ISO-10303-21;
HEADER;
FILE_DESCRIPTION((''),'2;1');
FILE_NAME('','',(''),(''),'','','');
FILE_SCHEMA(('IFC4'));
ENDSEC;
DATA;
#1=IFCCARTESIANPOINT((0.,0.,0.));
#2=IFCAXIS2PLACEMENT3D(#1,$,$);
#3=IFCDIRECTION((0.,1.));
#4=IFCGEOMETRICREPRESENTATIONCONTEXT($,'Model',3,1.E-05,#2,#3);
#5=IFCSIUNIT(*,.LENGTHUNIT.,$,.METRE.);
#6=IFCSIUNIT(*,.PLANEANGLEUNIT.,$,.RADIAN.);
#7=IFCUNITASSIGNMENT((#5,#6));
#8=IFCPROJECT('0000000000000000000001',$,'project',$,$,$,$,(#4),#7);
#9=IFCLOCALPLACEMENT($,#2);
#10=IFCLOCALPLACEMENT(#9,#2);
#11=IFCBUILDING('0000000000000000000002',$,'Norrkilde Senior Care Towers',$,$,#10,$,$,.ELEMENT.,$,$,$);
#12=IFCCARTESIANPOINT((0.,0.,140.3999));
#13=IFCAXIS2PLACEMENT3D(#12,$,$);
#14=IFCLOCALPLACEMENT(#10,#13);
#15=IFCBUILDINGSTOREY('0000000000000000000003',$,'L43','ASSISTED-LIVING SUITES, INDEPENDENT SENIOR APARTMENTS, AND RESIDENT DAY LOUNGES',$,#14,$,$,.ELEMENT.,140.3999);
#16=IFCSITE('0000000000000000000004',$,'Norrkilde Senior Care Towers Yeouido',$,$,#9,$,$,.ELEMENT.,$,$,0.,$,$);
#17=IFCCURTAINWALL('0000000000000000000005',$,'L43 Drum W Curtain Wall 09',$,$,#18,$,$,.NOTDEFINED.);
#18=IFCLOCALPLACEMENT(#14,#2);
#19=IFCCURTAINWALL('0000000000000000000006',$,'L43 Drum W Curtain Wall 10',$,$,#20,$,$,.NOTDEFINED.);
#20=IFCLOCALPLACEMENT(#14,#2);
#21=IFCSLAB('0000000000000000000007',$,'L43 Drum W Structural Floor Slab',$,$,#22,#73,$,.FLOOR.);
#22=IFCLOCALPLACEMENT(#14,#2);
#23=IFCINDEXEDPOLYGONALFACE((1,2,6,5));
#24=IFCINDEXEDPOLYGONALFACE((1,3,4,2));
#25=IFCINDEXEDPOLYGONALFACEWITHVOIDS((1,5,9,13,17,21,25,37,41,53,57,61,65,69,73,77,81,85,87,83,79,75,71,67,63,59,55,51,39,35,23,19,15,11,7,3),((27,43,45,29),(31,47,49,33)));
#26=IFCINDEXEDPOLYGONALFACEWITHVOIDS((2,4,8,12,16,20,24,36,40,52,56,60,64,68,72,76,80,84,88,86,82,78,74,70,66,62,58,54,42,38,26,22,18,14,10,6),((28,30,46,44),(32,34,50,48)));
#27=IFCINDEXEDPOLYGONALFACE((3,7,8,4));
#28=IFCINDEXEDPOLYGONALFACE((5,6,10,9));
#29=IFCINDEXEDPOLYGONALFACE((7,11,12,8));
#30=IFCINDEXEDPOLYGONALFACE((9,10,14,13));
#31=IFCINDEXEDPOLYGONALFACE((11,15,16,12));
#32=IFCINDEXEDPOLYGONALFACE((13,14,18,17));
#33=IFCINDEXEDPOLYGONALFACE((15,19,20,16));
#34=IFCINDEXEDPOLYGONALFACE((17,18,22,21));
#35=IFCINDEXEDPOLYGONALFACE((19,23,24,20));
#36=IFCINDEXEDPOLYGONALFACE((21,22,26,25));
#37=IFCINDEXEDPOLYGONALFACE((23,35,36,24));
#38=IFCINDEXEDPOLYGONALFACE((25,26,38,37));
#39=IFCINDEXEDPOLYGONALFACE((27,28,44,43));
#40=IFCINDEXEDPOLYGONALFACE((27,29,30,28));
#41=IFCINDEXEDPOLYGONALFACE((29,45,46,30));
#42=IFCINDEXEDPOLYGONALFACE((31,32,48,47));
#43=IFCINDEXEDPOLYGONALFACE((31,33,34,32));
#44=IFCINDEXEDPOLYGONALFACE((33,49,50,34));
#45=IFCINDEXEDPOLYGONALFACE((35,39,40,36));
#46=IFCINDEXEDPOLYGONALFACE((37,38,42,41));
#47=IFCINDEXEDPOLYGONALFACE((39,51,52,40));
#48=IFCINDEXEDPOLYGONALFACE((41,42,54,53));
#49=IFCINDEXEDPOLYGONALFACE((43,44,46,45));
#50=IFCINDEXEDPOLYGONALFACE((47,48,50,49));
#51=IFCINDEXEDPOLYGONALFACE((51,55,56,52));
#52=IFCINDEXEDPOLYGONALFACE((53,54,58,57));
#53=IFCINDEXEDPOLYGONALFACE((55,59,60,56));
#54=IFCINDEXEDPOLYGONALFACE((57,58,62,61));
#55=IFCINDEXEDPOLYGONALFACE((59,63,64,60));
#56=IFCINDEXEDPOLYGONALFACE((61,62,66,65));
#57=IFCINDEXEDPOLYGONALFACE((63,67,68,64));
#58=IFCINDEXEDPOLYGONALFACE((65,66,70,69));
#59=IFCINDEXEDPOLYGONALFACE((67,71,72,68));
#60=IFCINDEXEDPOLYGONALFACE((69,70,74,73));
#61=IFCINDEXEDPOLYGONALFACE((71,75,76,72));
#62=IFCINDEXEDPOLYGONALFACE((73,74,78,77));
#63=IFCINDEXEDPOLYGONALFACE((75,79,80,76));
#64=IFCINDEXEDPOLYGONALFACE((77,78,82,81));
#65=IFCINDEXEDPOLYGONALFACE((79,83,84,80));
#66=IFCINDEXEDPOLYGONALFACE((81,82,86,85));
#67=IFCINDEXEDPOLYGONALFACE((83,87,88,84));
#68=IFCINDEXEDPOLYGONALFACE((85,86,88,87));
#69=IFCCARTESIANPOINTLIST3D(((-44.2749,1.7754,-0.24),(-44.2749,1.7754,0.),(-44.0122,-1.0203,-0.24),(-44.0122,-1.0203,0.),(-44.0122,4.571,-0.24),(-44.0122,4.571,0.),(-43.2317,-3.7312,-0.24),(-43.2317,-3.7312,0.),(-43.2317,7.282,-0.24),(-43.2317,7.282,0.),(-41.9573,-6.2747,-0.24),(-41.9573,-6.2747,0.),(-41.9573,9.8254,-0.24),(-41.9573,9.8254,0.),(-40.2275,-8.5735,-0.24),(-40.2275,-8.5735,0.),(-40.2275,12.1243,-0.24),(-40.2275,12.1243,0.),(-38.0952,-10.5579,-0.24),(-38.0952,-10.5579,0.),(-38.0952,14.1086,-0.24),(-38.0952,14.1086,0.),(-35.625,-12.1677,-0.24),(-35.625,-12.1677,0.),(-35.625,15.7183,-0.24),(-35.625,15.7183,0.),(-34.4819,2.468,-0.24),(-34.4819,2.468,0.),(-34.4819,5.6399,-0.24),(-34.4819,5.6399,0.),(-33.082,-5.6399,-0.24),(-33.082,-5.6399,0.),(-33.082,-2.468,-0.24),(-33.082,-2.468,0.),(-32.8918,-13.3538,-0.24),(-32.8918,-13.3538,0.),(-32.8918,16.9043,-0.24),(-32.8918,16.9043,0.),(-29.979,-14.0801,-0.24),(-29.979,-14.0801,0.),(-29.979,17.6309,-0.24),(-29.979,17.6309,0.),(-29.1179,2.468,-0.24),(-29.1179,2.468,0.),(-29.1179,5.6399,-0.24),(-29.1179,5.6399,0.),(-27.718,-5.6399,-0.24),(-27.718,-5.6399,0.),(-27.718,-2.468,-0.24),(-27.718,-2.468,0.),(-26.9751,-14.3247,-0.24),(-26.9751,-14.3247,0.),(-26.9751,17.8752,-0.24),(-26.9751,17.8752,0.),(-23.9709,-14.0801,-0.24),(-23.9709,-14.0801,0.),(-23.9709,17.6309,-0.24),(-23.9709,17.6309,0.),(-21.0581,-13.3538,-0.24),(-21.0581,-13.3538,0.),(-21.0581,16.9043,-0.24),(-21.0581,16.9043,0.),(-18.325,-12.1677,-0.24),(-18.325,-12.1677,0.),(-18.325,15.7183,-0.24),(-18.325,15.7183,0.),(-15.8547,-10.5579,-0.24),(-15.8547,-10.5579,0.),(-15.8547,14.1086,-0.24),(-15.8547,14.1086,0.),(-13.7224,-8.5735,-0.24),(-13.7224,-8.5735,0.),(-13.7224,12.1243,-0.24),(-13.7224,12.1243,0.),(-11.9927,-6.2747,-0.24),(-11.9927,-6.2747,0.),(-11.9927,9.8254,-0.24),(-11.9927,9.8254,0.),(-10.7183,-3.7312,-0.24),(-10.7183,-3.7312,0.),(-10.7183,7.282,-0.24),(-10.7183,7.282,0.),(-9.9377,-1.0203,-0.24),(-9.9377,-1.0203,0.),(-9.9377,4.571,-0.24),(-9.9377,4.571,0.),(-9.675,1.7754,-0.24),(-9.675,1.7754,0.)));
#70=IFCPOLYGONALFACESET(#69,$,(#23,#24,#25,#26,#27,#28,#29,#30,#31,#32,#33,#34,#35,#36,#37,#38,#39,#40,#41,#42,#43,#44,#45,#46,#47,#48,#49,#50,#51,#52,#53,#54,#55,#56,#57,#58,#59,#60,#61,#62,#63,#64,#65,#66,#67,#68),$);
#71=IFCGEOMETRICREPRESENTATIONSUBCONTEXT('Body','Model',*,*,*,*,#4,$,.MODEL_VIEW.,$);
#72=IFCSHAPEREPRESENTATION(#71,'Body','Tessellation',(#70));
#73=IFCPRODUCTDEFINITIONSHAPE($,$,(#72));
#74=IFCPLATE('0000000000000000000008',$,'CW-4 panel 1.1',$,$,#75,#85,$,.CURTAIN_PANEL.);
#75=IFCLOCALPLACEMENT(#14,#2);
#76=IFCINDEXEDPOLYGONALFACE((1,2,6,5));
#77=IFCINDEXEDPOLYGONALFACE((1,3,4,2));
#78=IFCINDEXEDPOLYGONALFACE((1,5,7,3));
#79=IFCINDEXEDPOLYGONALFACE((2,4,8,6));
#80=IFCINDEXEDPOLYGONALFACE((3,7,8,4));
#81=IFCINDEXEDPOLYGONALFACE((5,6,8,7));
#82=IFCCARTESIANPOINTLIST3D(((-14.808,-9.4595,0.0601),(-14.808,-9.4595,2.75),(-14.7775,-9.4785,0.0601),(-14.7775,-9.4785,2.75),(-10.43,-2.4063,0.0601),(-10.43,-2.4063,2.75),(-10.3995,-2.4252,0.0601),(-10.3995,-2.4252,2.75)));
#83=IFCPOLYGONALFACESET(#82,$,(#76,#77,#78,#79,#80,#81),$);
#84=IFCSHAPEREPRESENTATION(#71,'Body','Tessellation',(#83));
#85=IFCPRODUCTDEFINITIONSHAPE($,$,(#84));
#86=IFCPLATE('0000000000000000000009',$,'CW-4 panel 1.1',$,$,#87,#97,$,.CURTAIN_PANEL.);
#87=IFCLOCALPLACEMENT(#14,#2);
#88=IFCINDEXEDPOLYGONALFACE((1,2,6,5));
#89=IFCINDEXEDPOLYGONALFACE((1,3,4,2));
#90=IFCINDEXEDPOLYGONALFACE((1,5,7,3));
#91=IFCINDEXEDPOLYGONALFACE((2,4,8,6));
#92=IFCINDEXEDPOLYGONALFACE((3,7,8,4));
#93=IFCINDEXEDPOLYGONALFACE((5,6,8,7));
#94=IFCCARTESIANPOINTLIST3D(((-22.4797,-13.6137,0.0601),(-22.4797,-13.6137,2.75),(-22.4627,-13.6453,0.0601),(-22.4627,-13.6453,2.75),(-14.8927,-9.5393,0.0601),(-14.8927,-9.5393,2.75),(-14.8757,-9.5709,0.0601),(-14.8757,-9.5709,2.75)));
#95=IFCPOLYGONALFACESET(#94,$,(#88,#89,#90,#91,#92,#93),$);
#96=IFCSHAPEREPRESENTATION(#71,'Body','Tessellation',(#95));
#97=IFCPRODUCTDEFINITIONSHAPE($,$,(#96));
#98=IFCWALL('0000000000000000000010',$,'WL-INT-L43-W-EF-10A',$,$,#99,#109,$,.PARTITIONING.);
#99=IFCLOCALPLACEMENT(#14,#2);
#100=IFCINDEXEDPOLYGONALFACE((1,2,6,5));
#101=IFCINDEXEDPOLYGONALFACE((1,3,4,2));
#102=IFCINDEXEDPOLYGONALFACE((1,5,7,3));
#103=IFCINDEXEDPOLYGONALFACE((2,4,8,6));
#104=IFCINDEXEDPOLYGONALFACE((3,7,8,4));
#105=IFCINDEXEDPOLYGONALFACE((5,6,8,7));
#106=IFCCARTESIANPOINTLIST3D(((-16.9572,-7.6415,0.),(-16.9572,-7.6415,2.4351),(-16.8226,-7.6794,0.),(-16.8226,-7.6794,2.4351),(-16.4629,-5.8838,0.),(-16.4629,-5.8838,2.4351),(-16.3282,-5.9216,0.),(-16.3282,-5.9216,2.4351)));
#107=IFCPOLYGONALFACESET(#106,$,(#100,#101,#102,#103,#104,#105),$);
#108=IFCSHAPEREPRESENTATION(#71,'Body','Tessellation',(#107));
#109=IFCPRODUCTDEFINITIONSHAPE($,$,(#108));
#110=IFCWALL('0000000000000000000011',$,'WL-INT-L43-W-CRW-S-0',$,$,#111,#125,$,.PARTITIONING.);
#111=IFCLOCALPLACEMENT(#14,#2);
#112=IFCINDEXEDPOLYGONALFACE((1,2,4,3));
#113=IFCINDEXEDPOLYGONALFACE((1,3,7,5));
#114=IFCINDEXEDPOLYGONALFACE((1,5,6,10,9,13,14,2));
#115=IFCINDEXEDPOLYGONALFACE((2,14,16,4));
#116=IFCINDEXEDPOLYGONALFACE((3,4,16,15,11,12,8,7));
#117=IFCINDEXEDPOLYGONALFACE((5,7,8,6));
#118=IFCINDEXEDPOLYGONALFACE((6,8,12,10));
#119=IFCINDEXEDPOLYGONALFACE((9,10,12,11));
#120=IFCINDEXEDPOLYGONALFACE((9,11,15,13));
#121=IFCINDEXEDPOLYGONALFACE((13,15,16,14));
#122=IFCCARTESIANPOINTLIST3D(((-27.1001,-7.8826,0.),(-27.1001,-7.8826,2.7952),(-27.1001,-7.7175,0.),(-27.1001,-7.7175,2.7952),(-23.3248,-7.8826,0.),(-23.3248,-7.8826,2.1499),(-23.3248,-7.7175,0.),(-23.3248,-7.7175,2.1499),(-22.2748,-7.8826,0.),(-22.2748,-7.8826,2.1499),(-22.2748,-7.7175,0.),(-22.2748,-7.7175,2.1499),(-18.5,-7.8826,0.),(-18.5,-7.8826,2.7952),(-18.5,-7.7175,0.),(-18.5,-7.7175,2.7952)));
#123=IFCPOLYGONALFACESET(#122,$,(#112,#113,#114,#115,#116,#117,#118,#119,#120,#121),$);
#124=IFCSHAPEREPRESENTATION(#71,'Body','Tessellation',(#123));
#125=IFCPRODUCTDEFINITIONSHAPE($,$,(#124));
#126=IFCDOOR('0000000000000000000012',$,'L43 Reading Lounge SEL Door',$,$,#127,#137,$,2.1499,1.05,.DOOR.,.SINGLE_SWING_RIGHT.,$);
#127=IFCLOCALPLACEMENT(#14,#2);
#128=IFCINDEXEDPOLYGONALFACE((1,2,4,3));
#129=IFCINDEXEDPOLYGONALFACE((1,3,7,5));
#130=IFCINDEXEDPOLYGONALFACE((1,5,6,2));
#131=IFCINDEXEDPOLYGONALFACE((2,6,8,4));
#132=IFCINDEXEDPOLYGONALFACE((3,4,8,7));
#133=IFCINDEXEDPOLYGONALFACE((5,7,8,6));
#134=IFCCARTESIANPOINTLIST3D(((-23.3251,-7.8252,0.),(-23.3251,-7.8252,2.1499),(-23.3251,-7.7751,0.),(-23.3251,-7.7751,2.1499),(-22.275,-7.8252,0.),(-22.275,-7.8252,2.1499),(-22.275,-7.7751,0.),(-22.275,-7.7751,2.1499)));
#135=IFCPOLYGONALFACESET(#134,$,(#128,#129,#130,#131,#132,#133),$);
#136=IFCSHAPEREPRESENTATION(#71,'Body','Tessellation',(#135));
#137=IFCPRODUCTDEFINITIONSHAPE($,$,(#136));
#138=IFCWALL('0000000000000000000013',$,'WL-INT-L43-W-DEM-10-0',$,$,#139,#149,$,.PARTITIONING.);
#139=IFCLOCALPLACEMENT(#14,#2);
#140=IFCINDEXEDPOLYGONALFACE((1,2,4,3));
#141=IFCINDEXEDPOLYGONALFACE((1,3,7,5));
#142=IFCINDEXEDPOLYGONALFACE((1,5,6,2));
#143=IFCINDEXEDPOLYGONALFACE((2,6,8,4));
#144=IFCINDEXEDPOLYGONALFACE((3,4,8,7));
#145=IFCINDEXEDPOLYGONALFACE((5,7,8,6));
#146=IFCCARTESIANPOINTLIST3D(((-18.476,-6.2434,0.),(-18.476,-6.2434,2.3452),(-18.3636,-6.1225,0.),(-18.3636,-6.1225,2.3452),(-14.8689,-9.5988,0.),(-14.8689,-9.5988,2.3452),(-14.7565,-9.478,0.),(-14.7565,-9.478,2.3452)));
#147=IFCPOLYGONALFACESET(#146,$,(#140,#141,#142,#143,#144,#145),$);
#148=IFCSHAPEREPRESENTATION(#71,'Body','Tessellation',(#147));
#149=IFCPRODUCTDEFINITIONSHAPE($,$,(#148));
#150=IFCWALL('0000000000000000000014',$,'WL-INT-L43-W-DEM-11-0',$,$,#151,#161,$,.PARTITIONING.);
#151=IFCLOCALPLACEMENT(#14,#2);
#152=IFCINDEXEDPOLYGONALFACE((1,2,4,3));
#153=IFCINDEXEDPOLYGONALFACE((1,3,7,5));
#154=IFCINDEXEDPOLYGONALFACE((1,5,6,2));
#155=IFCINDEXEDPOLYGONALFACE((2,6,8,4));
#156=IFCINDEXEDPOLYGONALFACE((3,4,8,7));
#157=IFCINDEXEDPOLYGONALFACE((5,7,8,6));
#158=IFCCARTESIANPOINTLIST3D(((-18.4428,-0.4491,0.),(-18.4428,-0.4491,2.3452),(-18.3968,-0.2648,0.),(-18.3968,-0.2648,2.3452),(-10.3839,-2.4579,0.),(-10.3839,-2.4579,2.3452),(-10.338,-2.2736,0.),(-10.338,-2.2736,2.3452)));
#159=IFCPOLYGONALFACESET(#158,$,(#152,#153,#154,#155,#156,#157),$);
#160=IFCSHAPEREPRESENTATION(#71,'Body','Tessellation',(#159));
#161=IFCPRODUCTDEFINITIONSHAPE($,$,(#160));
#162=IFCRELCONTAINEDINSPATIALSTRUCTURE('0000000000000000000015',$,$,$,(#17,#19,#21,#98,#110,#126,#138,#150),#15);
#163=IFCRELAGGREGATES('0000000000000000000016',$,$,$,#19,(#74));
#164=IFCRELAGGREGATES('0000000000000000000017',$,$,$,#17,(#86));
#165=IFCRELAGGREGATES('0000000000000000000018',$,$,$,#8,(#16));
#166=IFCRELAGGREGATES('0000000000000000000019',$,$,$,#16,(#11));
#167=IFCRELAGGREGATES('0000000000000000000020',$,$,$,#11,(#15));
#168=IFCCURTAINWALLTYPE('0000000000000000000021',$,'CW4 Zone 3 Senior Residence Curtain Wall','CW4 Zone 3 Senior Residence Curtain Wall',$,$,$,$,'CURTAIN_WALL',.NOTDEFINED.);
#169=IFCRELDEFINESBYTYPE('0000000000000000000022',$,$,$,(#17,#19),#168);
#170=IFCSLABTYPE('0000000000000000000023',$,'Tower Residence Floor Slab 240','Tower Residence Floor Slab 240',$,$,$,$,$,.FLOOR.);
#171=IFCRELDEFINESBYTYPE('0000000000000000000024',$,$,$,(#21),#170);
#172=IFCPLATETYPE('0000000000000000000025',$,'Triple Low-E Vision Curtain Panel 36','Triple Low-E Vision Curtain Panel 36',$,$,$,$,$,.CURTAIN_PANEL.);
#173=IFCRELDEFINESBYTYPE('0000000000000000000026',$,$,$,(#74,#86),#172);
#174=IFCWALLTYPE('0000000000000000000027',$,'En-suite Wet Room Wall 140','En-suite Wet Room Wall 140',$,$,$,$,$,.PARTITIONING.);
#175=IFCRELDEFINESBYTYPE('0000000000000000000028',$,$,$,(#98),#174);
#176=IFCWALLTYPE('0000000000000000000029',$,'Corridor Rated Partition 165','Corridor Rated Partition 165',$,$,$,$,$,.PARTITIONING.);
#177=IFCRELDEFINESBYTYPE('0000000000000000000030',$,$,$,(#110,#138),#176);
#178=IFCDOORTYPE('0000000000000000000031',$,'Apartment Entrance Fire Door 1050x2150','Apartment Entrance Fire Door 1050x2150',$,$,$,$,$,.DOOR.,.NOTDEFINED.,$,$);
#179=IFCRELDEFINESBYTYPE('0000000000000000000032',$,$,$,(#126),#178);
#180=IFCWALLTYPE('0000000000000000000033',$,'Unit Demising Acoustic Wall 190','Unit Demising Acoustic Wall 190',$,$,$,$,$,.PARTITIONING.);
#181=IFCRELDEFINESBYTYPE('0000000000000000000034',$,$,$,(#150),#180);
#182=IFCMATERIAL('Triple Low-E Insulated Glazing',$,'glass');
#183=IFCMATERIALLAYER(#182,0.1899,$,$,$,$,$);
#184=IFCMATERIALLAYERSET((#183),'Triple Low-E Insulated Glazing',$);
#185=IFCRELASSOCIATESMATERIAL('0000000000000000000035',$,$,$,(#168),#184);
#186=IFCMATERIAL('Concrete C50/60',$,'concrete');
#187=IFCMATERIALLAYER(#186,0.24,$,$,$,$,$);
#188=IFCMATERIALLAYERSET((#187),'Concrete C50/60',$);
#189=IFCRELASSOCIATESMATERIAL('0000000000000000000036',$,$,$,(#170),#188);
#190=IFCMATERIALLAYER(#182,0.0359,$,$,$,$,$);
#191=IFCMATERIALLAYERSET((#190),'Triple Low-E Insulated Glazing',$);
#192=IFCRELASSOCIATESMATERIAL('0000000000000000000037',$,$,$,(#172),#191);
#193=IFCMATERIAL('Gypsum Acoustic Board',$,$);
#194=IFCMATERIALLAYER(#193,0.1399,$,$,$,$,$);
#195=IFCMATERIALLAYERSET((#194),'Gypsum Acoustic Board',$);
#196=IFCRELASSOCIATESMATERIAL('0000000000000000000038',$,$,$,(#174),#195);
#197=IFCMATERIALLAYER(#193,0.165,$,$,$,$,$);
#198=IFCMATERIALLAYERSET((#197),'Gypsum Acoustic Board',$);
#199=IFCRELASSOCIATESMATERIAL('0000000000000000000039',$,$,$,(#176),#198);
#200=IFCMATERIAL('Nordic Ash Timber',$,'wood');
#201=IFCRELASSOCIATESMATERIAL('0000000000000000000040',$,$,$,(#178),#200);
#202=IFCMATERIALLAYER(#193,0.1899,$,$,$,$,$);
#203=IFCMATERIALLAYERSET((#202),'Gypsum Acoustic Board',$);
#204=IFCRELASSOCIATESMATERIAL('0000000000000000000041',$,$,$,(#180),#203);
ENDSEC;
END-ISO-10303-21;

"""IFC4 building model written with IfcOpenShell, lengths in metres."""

from ifc_helpers import new_model, si_unit, direction, frame, frame_2d, origin, origin_2d, place, context, subcontext, project, spatial, polyline, rectangle, outline, extrude, source, transform, mapped, material, layer, layer_set, type_object, type_shapes, element, fill, aggregate, save


model = new_model("IFC4")

# Units and contexts
model_context = context("Model", 3, precision=1e-05, world=origin(), true_north=direction((0.0, 1.0)))
body_context = subcontext(model_context, "Body", "Model", "MODEL_VIEW")
ifc_project = project(units=[si_unit("LENGTHUNIT", "METRE"), si_unit("PLANEANGLEUNIT", "RADIAN")], contexts=[model_context])

# Site, building, storey
site_placement = place(None, origin())
site = spatial("IfcSite", under=ifc_project, at=site_placement, Name="Norrkilde Senior Care Towers Yeouido", CompositionType="ELEMENT", RefElevation=0.0)
building_placement = place(site_placement, origin())
building = spatial("IfcBuilding", under=site, at=building_placement, Name="Norrkilde Senior Care Towers", CompositionType="ELEMENT")
storey_placement = place(building_placement, frame((0.0, 0.0, 140.3999)))
storey = spatial("IfcBuildingStorey", under=building, at=storey_placement, Name="L43", Description="ASSISTED-LIVING SUITES, INDEPENDENT SENIOR APARTMENTS, AND RESIDENT DAY LOUNGES", CompositionType="ELEMENT", Elevation=140.3999)

# Shared definitions
ifc_material_1 = material(Name="Concrete C50/60", Category="concrete")

# Curtain wall
ifc_material_2 = material(Name="Triple Low-E Insulated Glazing", Category="glass")
ifc_layer_1 = layer(ifc_material_2, 0.1899)
ifc_layer_set_1 = layer_set([ifc_layer_1], Name="Triple Low-E Insulated Glazing")
curtain_wall_type = type_object("IfcCurtainWallType", Name="CW4 Zone 3 Senior Residence Curtain Wall", Description="CW4 Zone 3 Senior Residence Curtain Wall", ElementType="CURTAIN_WALL", PredefinedType="NOTDEFINED", material=ifc_layer_set_1)
curtain_wall_1_placement = place(storey_placement, origin())
curtain_wall_1 = element("IfcCurtainWall", 1, at=curtain_wall_1_placement, inside=storey, type_object=curtain_wall_type, Name="L43 Drum W Curtain Wall 09", PredefinedType="NOTDEFINED")

# Curtain wall
curtain_wall_2_placement = place(storey_placement, origin())
curtain_wall_2 = element("IfcCurtainWall", 2, at=curtain_wall_2_placement, inside=storey, type_object=curtain_wall_type, Name="L43 Drum W Curtain Wall 10", PredefinedType="NOTDEFINED")

# Slab
ifc_layer_2 = layer(ifc_material_1, 0.24)
ifc_layer_set_2 = layer_set([ifc_layer_2], Name="Concrete C50/60")
slab_type = type_object("IfcSlabType", Name="Tower Residence Floor Slab 240", Description="Tower Residence Floor Slab 240", PredefinedType="FLOOR", material=ifc_layer_set_2)
slab_placement = place(storey_placement, frame((0.0, 0.0, -0.24)))
element("IfcSlab", 3, at=slab_placement, inside=storey, type_object=slab_type, Name="L43 Drum W Structural Floor Slab", PredefinedType="FLOOR", context=body_context, shape_type="SweptSolid", body=[
    extrude(outline(polyline([(-10.7183, -3.7312), (-11.9927, -6.2747), (-13.7224, -8.5735), (-15.8547, -10.5579), (-18.325, -12.1677), (-21.0581, -13.3538), (-23.9709, -14.0801), (-26.9751, -14.3247), (-29.979, -14.0801), (-32.8918, -13.3538), (-35.625, -12.1677), (-38.0952, -10.5579), (-40.2275, -8.5735), (-41.9573, -6.2747), (-43.2317, -3.7312), (-44.0122, -1.0203), (-44.2749, 1.7754), (-44.0122, 4.571), (-43.2317, 7.282), (-41.9573, 9.8254), (-40.2275, 12.1243), (-38.0952, 14.1086), (-35.625, 15.7183), (-32.8918, 16.9043), (-29.979, 17.6309), (-26.9751, 17.8752), (-23.9709, 17.6309), (-21.0581, 16.9043), (-18.325, 15.7183), (-15.8547, 14.1086), (-13.7224, 12.1243), (-11.9927, 9.8254), (-10.7183, 7.282), (-9.9377, 4.571), (-9.675, 1.7754), (-9.9377, -1.0203), (-10.7183, -3.7312)]), holes=[polyline([(-34.4819, 2.468), (-29.1179, 2.468), (-29.1179, 5.6399), (-34.4819, 5.6399), (-34.4819, 2.468)]), polyline([(-27.718, -5.6399), (-27.718, -2.468), (-33.082, -2.468), (-33.082, -5.6399), (-27.718, -5.6399)])]), origin(), (0.0, 0.0, 1.0), 0.24),
])

# Plates
ifc_layer_3 = layer(ifc_material_2, 0.0359)
ifc_layer_set_3 = layer_set([ifc_layer_3], Name="Triple Low-E Insulated Glazing")
plate_type = type_object("IfcPlateType", Name="Triple Low-E Vision Curtain Panel 36", Description="Triple Low-E Vision Curtain Panel 36", PredefinedType="CURTAIN_PANEL", material=ifc_layer_set_3)
shared_shape_1 = source(origin(), body_context, "Body", "SweptSolid", [
    extrude(rectangle(XDim=8.3015, YDim=0.0359, at=origin_2d()), origin(), (0.0, 0.0, 1.0), 2.6899),
])
plate_1_placement = place(storey_placement, frame((-12.6038, -5.9424, 0.0601), z_axis=(0.0, 0.0, 1.0), x_axis=(-0.527373, -0.849634, 0.0)))
plate_1 = element("IfcPlate", 4, at=plate_1_placement, type_object=plate_type, Name="CW-4 panel 1.1", PredefinedType="CURTAIN_PANEL", context=body_context, shape_type="MappedRepresentation", body=[
    mapped(shared_shape_1, transform((0.0, 0.0, 0.0), x_axis=(1.0, 0.0, 0.0), y_axis=(0.0, 1.0, 0.0), z_axis=(0.0, 0.0, 1.0), scale=1.0)),
])
aggregate(curtain_wall_2, [plate_1])
shared_shape_2 = source(origin(), body_context, "Body", "SweptSolid", [
    extrude(rectangle(XDim=8.6118, YDim=0.0359, at=origin_2d()), origin(), (0.0, 0.0, 1.0), 2.6899),
])
type_shapes(plate_type, [shared_shape_1, shared_shape_2])
plate_2_placement = place(storey_placement, frame((-18.6777, -11.5923, 0.0601), z_axis=(0.0, 0.0, 1.0), x_axis=(-0.881, -0.473117, 0.0)))
plate_2 = element("IfcPlate", 5, at=plate_2_placement, type_object=plate_type, Name="CW-4 panel 1.1", PredefinedType="CURTAIN_PANEL", context=body_context, shape_type="MappedRepresentation", body=[
    mapped(shared_shape_2, transform((0.0, 0.0, 0.0), x_axis=(1.0, 0.0, 0.0), y_axis=(0.0, 1.0, 0.0), z_axis=(0.0, 0.0, 1.0), scale=1.0)),
])
aggregate(curtain_wall_1, [plate_2])

# Wall
ifc_material_3 = material(Name="Gypsum Acoustic Board")
ifc_layer_4 = layer(ifc_material_3, 0.1399)
ifc_layer_set_4 = layer_set([ifc_layer_4], Name="Gypsum Acoustic Board")
wall_type_1 = type_object("IfcWallType", Name="En-suite Wet Room Wall 140", Description="En-suite Wet Room Wall 140", PredefinedType="PARTITIONING", material=ifc_layer_set_4)
shared_shape_3 = source(origin(), body_context, "Body", "SweptSolid", [
    extrude(rectangle(XDim=1.8259, YDim=0.1399, at=frame_2d((0.9131, 0.0))), origin(), (0.0, 0.0, 1.0), 2.4351),
])
wall_1_placement = place(storey_placement, frame((-16.3955, -5.9026, 0.0), z_axis=(0.0, 0.0, 1.0), x_axis=(-0.270746, -0.962651, 0.0)))
element("IfcWall", 6, at=wall_1_placement, inside=storey, type_object=wall_type_1, Name="WL-INT-L43-W-EF-10A", PredefinedType="PARTITIONING", context=body_context, shape_type="MappedRepresentation", body=[
    mapped(shared_shape_3, transform((0.0, 0.0, 0.0), x_axis=(1.0, 0.0, 0.0), y_axis=(0.0, 1.0, 0.0), z_axis=(0.0, 0.0, 1.0), scale=1.0)),
])

# Wall, opening, door
ifc_layer_5 = layer(ifc_material_3, 0.165)
ifc_layer_set_5 = layer_set([ifc_layer_5], Name="Gypsum Acoustic Board")
wall_type_2 = type_object("IfcWallType", Name="Corridor Rated Partition 165", Description="Corridor Rated Partition 165", PredefinedType="PARTITIONING", material=ifc_layer_set_5)
shared_shape_4 = source(origin(), body_context, "Body", "SweptSolid", [
    extrude(rectangle(XDim=8.6001, YDim=0.165, at=frame_2d((4.3, 0.0))), origin(), (0.0, 0.0, 1.0), 2.7952),
])
wall_2_placement = place(storey_placement, frame((-18.5, -7.8, 0.0), z_axis=(0.0, 0.0, 1.0), x_axis=(-1.0, 0.0, 0.0)))
wall_2 = element("IfcWall", 7, at=wall_2_placement, inside=storey, type_object=wall_type_2, Name="WL-INT-L43-W-CRW-S-0", PredefinedType="PARTITIONING", context=body_context, shape_type="MappedRepresentation", body=[
    mapped(shared_shape_4, transform((0.0, 0.0, 0.0), x_axis=(1.0, 0.0, 0.0), y_axis=(0.0, 1.0, 0.0), z_axis=(0.0, 0.0, 1.0), scale=1.0)),
])
opening_1_placement = place(wall_2_placement, frame((3.7749, 0.0, 0.0)))
opening_1 = element("IfcOpeningElement", 8, at=opening_1_placement, cuts=wall_2, PredefinedType="OPENING", context=body_context, shape_type="SweptSolid", body=[
    extrude(rectangle(XDim=1.05, YDim=2.1499, at=frame_2d((0.5249, 1.075))), frame((0.0, 0.0925, 0.0), z_axis=(0.0, -1.0, 0.0), x_axis=(1.0, 0.0, 0.0)), (0.0, 0.0, 1.0), 0.1851),
])
ifc_material_4 = material(Name="Nordic Ash Timber", Category="wood")
door_type_1 = type_object("IfcDoorType", Name="Apartment Entrance Fire Door 1050x2150", Description="Apartment Entrance Fire Door 1050x2150", OperationType="NOTDEFINED", PredefinedType="DOOR", material=ifc_material_4)
shared_shape_5 = source(origin(), body_context, "Body", "SweptSolid", [
    extrude(rectangle(XDim=1.05, YDim=2.1499, at=frame_2d((0.5249, 1.075))), frame((0.0, 0.0249, 0.0), z_axis=(0.0, -1.0, 0.0), x_axis=(1.0, 0.0, 0.0)), (0.0, 0.0, 1.0), 0.05),
])
type_shapes(door_type_1, [shared_shape_5])
door_1_placement = place(opening_1_placement, frame((1.05, 0.0, 0.0), z_axis=(0.0, 0.0, 1.0), x_axis=(-1.0, 0.0, 0.0)))
door_1 = element("IfcDoor", 9, at=door_1_placement, inside=storey, type_object=door_type_1, Name="L43 Reading Lounge SEL Door", OperationType="SINGLE_SWING_RIGHT", OverallHeight=2.1499, OverallWidth=1.05, PredefinedType="DOOR", context=body_context, shape_type="MappedRepresentation", body=[
    mapped(shared_shape_5, transform((0.0, 0.0, 0.0), x_axis=(1.0, 0.0, 0.0), y_axis=(0.0, 1.0, 0.0), z_axis=(0.0, 0.0, 1.0), scale=1.0)),
])
fill(opening_1, door_1)

# Walls
shared_shape_6 = source(origin(), body_context, "Body", "SweptSolid", [
    extrude(rectangle(XDim=4.9265, YDim=0.165, at=frame_2d((2.4634, 0.0))), origin(), (0.0, 0.0, 1.0), 2.3452),
])
type_shapes(wall_type_2, [shared_shape_4, shared_shape_6])
wall_3_placement = place(storey_placement, frame((-18.4199, -6.1829, 0.0), z_axis=(0.0, 0.0, 1.0), x_axis=(0.732191, -0.681099, 0.0)))
element("IfcWall", 10, at=wall_3_placement, inside=storey, type_object=wall_type_2, Name="WL-INT-L43-W-DEM-10-0", PredefinedType="PARTITIONING", context=body_context, shape_type="MappedRepresentation", body=[
    mapped(shared_shape_6, transform((0.0, 0.0, 0.0), x_axis=(1.0, 0.0, 0.0), y_axis=(0.0, 1.0, 0.0), z_axis=(0.0, 0.0, 1.0), scale=1.0)),
])
ifc_layer_6 = layer(ifc_material_3, 0.1899)
ifc_layer_set_6 = layer_set([ifc_layer_6], Name="Gypsum Acoustic Board")
wall_type_3 = type_object("IfcWallType", Name="Unit Demising Acoustic Wall 190", Description="Unit Demising Acoustic Wall 190", PredefinedType="PARTITIONING", material=ifc_layer_set_6)
shared_shape_7 = source(origin(), body_context, "Body", "SweptSolid", [
    extrude(rectangle(XDim=8.3054, YDim=0.1899, at=frame_2d((4.1528, 0.0))), origin(), (0.0, 0.0, 1.0), 2.3452),
])
wall_4_placement = place(storey_placement, frame((-18.4199, -0.3569, 0.0), z_axis=(0.0, 0.0, 1.0), x_axis=(0.97031, -0.241865, 0.0)))
element("IfcWall", 11, at=wall_4_placement, inside=storey, type_object=wall_type_3, Name="WL-INT-L43-W-DEM-11-0", PredefinedType="PARTITIONING", context=body_context, shape_type="MappedRepresentation", body=[
    mapped(shared_shape_7, transform((0.0, 0.0, 0.0), x_axis=(1.0, 0.0, 0.0), y_axis=(0.0, 1.0, 0.0), z_axis=(0.0, 0.0, 1.0), scale=1.0)),
])

save(model, "model.ifc")
